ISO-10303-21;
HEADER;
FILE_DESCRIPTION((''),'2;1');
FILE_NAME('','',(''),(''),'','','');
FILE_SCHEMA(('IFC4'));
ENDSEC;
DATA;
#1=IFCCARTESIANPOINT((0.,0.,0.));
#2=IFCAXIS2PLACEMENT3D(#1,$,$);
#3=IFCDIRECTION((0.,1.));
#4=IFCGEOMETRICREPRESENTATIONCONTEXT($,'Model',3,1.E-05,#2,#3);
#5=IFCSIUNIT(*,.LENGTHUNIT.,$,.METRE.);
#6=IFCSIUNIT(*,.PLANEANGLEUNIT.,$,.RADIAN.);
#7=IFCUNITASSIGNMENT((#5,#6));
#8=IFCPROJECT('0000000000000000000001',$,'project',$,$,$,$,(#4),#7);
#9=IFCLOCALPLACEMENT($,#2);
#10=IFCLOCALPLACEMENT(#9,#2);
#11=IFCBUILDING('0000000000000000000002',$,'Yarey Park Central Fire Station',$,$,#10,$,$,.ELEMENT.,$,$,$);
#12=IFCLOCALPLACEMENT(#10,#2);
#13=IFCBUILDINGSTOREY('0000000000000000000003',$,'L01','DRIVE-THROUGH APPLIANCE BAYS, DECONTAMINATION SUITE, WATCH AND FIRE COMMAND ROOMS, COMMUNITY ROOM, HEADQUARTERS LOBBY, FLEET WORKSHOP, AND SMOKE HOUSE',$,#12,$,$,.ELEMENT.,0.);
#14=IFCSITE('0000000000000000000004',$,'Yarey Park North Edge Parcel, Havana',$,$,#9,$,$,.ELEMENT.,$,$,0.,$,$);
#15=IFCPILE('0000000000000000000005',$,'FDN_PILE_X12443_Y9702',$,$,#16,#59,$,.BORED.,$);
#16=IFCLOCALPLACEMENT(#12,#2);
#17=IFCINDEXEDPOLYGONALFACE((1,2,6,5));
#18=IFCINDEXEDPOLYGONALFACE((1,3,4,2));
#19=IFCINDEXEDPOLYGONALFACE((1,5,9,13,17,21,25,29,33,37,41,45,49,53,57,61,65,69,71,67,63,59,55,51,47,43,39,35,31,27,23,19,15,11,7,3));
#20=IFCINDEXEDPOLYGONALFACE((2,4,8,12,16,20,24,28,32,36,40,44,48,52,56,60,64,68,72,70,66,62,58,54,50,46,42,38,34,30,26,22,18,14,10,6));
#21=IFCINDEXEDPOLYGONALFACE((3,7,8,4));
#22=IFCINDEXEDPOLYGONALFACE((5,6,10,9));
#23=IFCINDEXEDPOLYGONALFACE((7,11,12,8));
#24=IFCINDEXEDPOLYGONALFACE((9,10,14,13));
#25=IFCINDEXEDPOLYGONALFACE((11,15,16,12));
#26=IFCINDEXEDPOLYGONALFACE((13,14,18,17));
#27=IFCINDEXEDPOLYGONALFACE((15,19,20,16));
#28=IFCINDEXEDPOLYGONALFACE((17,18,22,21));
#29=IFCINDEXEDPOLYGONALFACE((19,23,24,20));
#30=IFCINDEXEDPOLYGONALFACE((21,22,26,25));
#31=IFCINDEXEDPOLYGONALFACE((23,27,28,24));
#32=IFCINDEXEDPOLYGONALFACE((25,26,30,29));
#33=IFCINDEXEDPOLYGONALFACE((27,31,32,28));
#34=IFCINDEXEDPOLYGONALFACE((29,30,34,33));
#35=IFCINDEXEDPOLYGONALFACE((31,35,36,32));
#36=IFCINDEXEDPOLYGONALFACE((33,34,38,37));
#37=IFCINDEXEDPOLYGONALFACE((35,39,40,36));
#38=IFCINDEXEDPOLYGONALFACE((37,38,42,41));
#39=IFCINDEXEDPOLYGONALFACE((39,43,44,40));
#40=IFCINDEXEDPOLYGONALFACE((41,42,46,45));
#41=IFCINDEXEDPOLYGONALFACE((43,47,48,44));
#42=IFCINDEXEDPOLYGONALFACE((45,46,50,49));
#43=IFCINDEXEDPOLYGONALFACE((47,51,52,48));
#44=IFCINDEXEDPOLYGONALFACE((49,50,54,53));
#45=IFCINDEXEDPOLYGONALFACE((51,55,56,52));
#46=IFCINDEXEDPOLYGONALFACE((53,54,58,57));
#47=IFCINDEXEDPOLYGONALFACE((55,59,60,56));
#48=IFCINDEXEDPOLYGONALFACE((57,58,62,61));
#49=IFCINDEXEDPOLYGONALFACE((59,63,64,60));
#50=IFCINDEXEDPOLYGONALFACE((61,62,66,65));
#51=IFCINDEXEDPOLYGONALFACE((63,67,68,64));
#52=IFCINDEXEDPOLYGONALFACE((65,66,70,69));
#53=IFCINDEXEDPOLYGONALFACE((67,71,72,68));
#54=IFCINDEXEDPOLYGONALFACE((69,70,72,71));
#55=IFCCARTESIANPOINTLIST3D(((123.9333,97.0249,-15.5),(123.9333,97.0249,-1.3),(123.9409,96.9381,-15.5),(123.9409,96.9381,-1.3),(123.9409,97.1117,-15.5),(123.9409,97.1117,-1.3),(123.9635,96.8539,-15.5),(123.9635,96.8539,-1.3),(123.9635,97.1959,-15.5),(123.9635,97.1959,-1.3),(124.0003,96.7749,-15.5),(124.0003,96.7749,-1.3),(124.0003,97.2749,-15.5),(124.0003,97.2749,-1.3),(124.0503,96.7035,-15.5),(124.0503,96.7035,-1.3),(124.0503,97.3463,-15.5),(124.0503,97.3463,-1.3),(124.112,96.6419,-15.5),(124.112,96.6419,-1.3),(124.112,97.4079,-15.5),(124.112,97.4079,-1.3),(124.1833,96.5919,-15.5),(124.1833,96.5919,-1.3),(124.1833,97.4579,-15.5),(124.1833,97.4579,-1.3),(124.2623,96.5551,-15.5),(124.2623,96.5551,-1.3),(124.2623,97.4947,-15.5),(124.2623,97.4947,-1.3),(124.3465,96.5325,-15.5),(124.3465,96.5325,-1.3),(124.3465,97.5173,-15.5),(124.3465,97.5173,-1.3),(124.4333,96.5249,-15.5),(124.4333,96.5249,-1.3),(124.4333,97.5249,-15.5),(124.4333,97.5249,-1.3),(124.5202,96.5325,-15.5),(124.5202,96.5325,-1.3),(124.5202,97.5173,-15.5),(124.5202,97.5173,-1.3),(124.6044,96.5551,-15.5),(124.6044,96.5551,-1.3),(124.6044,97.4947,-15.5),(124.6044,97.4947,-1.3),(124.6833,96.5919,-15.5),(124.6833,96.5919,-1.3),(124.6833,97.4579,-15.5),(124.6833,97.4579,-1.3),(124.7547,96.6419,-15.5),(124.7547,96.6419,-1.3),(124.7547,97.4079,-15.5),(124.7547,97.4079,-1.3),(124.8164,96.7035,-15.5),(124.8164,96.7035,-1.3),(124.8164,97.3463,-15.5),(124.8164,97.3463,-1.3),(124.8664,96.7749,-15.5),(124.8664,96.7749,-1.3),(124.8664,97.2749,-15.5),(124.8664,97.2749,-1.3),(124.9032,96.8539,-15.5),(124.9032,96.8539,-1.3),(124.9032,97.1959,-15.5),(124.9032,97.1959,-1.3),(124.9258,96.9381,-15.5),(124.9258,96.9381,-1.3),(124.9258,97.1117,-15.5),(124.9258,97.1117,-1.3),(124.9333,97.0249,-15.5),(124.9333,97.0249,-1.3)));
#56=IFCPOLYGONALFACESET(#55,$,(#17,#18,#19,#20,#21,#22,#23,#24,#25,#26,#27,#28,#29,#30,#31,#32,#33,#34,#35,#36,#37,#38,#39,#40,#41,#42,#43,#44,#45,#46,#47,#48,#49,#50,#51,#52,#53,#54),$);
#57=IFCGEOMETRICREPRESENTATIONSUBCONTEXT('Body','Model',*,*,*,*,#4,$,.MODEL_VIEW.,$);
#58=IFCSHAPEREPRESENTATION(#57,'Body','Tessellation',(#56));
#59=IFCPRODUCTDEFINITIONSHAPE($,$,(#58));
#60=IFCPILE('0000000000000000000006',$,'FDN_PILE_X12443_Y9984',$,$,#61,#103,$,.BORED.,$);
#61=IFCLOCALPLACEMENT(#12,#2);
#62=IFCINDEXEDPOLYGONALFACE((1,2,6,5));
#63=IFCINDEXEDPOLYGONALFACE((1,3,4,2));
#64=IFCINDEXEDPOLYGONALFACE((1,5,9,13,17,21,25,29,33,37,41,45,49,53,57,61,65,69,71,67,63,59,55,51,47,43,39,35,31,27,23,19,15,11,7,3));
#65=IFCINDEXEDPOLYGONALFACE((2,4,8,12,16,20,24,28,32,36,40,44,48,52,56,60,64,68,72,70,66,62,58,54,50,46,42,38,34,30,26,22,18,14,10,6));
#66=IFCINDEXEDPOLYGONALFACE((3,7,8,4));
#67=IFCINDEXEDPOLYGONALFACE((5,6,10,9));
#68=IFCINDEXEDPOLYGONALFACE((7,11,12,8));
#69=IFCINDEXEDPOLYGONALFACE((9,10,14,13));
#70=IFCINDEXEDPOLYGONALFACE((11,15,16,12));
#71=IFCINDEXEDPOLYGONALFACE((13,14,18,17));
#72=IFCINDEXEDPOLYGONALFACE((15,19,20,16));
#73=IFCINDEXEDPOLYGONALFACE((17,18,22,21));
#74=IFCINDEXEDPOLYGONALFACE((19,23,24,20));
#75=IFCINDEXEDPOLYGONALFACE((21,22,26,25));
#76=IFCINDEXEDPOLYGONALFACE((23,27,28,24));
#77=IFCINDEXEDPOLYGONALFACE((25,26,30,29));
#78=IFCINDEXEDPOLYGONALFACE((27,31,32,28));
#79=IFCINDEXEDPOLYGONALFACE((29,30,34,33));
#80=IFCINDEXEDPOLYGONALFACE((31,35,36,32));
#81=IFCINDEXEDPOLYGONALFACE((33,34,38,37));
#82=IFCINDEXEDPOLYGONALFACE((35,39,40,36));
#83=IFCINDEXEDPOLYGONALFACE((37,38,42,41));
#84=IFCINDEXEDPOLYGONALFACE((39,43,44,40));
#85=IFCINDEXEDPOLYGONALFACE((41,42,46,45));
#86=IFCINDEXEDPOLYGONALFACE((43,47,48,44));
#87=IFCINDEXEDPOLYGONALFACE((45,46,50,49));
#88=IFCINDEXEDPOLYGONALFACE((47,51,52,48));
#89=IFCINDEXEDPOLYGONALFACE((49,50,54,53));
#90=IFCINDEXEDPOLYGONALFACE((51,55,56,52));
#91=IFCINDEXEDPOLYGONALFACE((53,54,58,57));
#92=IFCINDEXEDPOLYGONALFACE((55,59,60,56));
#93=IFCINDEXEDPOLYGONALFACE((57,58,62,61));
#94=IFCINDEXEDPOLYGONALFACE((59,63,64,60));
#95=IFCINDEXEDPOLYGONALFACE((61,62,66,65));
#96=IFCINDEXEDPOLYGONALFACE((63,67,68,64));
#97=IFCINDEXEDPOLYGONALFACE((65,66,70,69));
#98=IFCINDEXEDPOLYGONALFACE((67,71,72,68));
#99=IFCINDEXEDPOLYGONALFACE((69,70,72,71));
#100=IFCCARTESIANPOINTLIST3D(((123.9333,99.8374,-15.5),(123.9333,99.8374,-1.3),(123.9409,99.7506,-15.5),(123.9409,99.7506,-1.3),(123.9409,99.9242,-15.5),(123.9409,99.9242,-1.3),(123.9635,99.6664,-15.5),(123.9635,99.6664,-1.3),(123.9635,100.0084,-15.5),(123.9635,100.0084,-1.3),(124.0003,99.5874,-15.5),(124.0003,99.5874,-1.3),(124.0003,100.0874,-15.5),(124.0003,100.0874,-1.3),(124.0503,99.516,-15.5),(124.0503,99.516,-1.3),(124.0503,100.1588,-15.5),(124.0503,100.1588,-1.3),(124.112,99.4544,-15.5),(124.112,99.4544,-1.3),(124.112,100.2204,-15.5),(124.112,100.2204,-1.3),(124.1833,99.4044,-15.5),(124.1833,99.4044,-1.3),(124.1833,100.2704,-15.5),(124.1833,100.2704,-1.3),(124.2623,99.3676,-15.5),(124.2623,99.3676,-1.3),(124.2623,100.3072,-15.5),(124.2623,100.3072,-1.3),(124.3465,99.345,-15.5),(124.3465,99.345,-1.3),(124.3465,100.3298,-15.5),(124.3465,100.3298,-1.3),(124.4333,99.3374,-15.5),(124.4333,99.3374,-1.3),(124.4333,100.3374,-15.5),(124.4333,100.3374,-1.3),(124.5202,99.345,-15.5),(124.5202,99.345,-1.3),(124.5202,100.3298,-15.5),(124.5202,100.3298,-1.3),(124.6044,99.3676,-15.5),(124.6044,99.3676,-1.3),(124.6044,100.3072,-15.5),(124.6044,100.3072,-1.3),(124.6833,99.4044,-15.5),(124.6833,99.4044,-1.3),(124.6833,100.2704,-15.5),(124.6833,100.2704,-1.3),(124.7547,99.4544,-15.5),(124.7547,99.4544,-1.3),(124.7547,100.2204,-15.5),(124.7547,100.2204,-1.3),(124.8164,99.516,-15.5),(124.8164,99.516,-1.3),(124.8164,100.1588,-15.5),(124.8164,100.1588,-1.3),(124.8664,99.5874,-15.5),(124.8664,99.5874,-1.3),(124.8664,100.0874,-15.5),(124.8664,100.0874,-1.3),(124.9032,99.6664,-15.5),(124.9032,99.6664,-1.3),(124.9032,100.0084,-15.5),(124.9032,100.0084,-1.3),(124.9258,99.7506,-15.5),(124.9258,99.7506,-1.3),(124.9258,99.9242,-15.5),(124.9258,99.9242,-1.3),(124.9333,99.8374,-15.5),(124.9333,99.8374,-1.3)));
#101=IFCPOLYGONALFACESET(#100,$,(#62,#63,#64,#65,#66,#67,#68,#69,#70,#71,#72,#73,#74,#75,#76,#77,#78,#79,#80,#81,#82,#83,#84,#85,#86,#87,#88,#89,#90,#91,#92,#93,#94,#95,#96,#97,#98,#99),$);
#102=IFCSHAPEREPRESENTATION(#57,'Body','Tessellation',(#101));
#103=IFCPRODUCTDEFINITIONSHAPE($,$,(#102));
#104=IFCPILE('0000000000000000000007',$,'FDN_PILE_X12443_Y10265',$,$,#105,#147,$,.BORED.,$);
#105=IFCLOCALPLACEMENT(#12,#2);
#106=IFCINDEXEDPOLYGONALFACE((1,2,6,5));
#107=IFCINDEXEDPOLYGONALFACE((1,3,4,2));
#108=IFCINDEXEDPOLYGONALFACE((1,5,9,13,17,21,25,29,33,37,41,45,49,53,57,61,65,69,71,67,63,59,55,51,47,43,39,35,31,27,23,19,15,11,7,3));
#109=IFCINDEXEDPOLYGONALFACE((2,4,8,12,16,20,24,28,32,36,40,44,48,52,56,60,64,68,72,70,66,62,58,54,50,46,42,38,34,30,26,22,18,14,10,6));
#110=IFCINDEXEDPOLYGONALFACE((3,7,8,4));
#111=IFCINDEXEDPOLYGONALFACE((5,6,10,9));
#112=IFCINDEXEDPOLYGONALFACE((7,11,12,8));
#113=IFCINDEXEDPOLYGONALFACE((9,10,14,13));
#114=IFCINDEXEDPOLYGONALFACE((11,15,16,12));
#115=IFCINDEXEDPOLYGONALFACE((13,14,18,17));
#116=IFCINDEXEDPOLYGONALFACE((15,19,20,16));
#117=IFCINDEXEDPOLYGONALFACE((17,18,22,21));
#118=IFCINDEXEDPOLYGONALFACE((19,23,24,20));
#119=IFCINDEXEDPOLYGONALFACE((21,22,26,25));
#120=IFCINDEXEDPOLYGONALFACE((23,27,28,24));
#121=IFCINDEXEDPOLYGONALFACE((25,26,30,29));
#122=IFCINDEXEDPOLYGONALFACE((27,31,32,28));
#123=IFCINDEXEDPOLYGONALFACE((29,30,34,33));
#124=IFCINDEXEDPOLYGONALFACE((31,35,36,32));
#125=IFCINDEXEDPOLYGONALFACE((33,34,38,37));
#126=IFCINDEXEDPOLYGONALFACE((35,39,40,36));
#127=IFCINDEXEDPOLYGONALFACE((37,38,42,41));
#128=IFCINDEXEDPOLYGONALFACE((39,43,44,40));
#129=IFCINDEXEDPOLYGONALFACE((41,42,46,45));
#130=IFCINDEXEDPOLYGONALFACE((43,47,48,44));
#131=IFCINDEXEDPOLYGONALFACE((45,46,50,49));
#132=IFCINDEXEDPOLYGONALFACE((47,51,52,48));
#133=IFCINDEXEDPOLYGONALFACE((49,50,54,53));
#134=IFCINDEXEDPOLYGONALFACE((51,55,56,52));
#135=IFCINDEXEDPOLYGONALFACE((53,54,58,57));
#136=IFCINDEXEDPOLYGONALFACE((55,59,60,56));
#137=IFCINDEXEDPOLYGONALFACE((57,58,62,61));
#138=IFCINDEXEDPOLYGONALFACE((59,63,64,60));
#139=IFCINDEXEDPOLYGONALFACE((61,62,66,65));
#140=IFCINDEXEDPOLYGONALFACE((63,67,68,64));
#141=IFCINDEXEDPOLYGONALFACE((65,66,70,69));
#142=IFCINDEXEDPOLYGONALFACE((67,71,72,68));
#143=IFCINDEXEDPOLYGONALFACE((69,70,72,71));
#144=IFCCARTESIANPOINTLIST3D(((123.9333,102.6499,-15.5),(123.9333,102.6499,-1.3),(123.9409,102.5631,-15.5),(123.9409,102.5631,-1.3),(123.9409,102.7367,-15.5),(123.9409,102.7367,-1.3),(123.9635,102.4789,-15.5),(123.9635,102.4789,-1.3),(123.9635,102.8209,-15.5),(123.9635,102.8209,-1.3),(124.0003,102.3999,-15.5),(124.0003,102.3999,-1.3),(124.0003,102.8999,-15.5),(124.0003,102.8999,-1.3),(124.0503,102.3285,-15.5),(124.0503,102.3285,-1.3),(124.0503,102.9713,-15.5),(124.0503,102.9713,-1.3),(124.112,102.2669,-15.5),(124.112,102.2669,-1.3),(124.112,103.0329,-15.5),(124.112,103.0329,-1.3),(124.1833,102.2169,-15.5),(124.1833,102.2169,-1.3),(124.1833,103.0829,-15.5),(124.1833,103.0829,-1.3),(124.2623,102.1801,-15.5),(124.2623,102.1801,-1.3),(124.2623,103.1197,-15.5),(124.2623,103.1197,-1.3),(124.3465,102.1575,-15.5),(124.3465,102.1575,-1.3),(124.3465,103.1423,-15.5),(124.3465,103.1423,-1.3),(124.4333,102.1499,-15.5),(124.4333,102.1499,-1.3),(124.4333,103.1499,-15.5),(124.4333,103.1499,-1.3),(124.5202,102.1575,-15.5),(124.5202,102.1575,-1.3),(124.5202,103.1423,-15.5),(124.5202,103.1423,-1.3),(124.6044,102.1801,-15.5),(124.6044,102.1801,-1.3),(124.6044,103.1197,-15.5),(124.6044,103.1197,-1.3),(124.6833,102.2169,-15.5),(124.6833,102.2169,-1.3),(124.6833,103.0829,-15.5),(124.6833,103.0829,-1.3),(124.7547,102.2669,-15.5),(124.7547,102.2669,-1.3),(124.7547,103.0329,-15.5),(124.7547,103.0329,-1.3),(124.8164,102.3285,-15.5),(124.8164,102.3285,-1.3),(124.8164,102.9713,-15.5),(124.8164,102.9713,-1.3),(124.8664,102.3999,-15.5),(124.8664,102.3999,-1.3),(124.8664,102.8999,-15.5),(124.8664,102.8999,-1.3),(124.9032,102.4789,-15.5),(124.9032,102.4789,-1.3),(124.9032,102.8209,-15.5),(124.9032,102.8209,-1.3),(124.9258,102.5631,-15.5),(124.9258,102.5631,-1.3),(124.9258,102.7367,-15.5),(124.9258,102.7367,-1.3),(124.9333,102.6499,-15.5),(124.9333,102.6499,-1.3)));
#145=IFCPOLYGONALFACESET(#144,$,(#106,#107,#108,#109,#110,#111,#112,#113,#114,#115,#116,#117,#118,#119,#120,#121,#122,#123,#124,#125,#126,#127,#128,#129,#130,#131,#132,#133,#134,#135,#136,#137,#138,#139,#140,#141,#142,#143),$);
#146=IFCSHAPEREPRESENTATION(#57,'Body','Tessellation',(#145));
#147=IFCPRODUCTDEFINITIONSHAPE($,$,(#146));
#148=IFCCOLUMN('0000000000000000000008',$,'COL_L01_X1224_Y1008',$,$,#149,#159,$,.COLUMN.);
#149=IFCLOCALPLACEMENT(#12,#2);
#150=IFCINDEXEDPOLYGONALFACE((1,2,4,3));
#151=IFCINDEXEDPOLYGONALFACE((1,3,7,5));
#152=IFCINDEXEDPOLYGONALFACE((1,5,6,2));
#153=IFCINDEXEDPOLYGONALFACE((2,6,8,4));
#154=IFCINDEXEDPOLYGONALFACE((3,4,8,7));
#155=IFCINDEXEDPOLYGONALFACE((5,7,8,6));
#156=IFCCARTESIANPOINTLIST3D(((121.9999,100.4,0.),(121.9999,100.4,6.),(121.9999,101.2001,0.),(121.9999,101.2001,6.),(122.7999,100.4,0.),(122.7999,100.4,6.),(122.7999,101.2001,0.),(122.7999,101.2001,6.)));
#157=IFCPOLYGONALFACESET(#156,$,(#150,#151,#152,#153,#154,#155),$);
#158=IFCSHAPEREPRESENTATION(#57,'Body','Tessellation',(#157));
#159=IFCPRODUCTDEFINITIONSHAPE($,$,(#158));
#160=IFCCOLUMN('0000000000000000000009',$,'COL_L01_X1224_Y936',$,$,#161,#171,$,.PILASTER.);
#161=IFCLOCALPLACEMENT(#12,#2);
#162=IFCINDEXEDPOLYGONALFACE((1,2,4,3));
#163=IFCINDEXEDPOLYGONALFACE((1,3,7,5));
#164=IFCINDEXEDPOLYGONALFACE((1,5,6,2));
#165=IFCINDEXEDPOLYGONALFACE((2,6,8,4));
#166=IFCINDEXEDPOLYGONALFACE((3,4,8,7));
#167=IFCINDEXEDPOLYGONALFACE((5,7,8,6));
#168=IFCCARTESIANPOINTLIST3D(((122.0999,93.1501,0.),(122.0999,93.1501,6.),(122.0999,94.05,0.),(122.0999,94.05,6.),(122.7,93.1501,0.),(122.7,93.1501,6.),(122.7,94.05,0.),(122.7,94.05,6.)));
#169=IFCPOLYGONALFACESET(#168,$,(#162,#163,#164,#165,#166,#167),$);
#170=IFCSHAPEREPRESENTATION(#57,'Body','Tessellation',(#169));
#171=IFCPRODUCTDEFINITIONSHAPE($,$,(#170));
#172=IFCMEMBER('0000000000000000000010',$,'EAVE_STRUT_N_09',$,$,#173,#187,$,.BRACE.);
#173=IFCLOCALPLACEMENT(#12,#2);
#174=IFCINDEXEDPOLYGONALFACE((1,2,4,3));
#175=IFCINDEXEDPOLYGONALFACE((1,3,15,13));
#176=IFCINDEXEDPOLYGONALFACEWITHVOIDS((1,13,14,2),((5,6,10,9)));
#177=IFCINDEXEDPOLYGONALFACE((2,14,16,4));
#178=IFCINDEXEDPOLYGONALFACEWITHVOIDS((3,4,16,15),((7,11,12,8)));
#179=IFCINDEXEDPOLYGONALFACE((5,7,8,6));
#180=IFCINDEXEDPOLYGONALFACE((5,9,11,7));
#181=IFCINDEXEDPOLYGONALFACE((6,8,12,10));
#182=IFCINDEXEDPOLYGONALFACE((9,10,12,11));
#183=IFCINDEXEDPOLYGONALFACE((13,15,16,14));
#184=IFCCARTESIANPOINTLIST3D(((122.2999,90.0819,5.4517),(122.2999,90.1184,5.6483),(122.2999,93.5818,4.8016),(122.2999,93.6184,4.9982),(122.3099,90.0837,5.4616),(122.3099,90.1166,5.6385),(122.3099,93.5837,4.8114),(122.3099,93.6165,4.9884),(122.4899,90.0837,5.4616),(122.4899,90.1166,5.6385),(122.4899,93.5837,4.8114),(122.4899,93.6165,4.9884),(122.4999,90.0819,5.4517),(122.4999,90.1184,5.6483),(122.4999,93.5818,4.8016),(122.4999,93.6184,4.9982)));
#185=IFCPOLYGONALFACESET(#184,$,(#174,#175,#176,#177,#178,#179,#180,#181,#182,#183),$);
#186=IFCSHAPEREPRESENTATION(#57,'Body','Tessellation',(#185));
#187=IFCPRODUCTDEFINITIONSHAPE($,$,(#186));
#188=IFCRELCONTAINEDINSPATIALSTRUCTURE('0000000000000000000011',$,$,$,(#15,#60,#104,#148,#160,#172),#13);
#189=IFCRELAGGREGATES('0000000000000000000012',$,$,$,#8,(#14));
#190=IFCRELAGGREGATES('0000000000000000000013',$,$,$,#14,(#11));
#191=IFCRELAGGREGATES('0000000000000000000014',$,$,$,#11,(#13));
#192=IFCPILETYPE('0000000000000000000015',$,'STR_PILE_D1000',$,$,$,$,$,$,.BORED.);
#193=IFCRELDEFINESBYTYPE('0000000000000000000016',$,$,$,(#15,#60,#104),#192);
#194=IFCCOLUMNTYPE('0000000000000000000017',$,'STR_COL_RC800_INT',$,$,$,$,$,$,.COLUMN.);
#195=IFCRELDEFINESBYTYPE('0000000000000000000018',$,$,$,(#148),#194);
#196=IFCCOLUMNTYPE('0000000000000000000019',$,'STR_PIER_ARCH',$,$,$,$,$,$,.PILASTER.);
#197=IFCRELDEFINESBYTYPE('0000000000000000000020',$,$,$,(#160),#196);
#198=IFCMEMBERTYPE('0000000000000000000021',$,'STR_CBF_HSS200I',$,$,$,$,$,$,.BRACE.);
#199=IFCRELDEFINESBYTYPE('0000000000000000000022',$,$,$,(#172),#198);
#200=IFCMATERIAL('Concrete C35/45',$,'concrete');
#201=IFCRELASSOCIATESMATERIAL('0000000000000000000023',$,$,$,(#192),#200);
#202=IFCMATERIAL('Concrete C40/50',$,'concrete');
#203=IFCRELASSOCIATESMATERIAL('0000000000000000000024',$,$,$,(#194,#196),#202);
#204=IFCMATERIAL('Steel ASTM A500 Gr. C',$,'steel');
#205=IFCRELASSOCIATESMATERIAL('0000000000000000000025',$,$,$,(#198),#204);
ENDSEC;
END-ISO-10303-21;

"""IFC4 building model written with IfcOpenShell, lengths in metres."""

from ifc_helpers import new_model, si_unit, direction, frame, origin, origin_2d, place, context, subcontext, project, spatial, rectangle, hollow_rectangle, circle, extrude, material, material_profile, profile_set, type_object, element, save


model = new_model("IFC4")

# Units and contexts
model_context = context("Model", 3, precision=1e-05, world=origin(), true_north=direction((0.0, 1.0)))
body_context = subcontext(model_context, "Body", "Model", "MODEL_VIEW")
ifc_project = project(units=[si_unit("LENGTHUNIT", "METRE"), si_unit("PLANEANGLEUNIT", "RADIAN")], contexts=[model_context])

# Site, building, storey
site_placement = place(None, origin())
site = spatial("IfcSite", under=ifc_project, at=site_placement, Name="Yarey Park North Edge Parcel, Havana", CompositionType="ELEMENT", RefElevation=0.0)
building_placement = place(site_placement, origin())
building = spatial("IfcBuilding", under=site, at=building_placement, Name="Yarey Park Central Fire Station", CompositionType="ELEMENT")
storey_placement = place(building_placement, origin())
storey = spatial("IfcBuildingStorey", under=building, at=storey_placement, Name="L01", Description="DRIVE-THROUGH APPLIANCE BAYS, DECONTAMINATION SUITE, WATCH AND FIRE COMMAND ROOMS, COMMUNITY ROOM, HEADQUARTERS LOBBY, FLEET WORKSHOP, AND SMOKE HOUSE", CompositionType="ELEMENT", Elevation=0.0)

# Piles
ifc_material_1 = material(Name="Concrete C35/45", Category="concrete")
ifc_material_profile_1 = material_profile(ifc_material_1, circle(Radius=0.5, at=origin_2d()), Name="BORED PILE D1000")
ifc_profile_set_1 = profile_set([ifc_material_profile_1], Name="Concrete C35/45")
pile_type = type_object("IfcPileType", Name="STR_PILE_D1000", PredefinedType="BORED", material=ifc_profile_set_1)
for number, where, z_axis, x_axis, name in (
    (1, (124.4333, 97.0249, -1.3), (0.0, 0.0, -1.0), (1.0, 0.0, 0.0), "FDN_PILE_X12443_Y9702"),
    (2, (124.4333, 99.8374, -1.3), (0.0, 0.0, -1.0), (1.0, 0.0, 0.0), "FDN_PILE_X12443_Y9984"),
    (3, (124.4333, 102.6499, -1.3), (0.0, 0.0, -1.0), (1.0, 0.0, 0.0), "FDN_PILE_X12443_Y10265"),
):
    element("IfcPile", number, at=place(storey_placement, frame(where, z_axis=z_axis, x_axis=x_axis)), inside=storey, type_object=pile_type, Name=name, PredefinedType="BORED", context=body_context, shape_type="SweptSolid", body=[
        extrude(circle(Radius=0.5, at=origin_2d()), origin(), (0.0, 0.0, 1.0), 14.2),
    ])

# Columns
ifc_material_2 = material(Name="Concrete C40/50", Category="concrete")
ifc_material_profile_2 = material_profile(ifc_material_2, rectangle(XDim=0.8, YDim=0.8, at=origin_2d()), Name="RC 800x800")
ifc_profile_set_2 = profile_set([ifc_material_profile_2], Name="Concrete C40/50")
column_type_1 = type_object("IfcColumnType", Name="STR_COL_RC800_INT", PredefinedType="COLUMN", material=ifc_profile_set_2)
column_1_placement = place(storey_placement, frame((122.3999, 100.8, 0.0), z_axis=(0.0, 0.0, 1.0), x_axis=(1.0, 0.0, 0.0)))
element("IfcColumn", 4, at=column_1_placement, inside=storey, type_object=column_type_1, Name="COL_L01_X1224_Y1008", PredefinedType="COLUMN", context=body_context, shape_type="SweptSolid", body=[
    extrude(rectangle(XDim=0.8, YDim=0.8, at=origin_2d()), origin(), (0.0, 0.0, 1.0), 6.0),
])
ifc_material_profile_3 = material_profile(ifc_material_2, rectangle(XDim=0.6001, YDim=0.8999, at=origin_2d()), Name="RC 900x600")
ifc_profile_set_3 = profile_set([ifc_material_profile_3], Name="Concrete C40/50")
column_type_2 = type_object("IfcColumnType", Name="STR_PIER_ARCH", PredefinedType="PILASTER", material=ifc_profile_set_3)
column_2_placement = place(storey_placement, frame((122.3999, 93.6001, 0.0), z_axis=(0.0, 0.0, 1.0), x_axis=(1.0, 0.0, 0.0)))
element("IfcColumn", 5, at=column_2_placement, inside=storey, type_object=column_type_2, Name="COL_L01_X1224_Y936", PredefinedType="PILASTER", context=body_context, shape_type="SweptSolid", body=[
    extrude(rectangle(XDim=0.6001, YDim=0.8999, at=origin_2d()), origin(), (0.0, 0.0, 1.0), 6.0),
])

# Member
ifc_material_3 = material(Name="Steel ASTM A500 Gr. C", Category="steel")
ifc_material_profile_4 = material_profile(ifc_material_3, hollow_rectangle(XDim=0.2, YDim=0.2, WallThickness=0.01, at=origin_2d()), Name="HSS 200x200x10")
ifc_profile_set_4 = profile_set([ifc_material_profile_4], Name="Steel ASTM A500 Gr. C")
member_type = type_object("IfcMemberType", Name="STR_CBF_HSS200I", PredefinedType="BRACE", material=ifc_profile_set_4)
member_placement = place(storey_placement, frame((122.3999, 93.6001, 4.8999), z_axis=(0.0, -0.983181, 0.182632), x_axis=(1.0, 0.0, 0.0)))
element("IfcMember", 6, at=member_placement, inside=storey, type_object=member_type, Name="EAVE_STRUT_N_09", PredefinedType="BRACE", context=body_context, shape_type="SweptSolid", body=[
    extrude(hollow_rectangle(XDim=0.2, YDim=0.2, WallThickness=0.01, at=origin_2d()), origin(), (0.0, 0.0, 1.0), 3.5598),
])

save(model, "model.ifc")
